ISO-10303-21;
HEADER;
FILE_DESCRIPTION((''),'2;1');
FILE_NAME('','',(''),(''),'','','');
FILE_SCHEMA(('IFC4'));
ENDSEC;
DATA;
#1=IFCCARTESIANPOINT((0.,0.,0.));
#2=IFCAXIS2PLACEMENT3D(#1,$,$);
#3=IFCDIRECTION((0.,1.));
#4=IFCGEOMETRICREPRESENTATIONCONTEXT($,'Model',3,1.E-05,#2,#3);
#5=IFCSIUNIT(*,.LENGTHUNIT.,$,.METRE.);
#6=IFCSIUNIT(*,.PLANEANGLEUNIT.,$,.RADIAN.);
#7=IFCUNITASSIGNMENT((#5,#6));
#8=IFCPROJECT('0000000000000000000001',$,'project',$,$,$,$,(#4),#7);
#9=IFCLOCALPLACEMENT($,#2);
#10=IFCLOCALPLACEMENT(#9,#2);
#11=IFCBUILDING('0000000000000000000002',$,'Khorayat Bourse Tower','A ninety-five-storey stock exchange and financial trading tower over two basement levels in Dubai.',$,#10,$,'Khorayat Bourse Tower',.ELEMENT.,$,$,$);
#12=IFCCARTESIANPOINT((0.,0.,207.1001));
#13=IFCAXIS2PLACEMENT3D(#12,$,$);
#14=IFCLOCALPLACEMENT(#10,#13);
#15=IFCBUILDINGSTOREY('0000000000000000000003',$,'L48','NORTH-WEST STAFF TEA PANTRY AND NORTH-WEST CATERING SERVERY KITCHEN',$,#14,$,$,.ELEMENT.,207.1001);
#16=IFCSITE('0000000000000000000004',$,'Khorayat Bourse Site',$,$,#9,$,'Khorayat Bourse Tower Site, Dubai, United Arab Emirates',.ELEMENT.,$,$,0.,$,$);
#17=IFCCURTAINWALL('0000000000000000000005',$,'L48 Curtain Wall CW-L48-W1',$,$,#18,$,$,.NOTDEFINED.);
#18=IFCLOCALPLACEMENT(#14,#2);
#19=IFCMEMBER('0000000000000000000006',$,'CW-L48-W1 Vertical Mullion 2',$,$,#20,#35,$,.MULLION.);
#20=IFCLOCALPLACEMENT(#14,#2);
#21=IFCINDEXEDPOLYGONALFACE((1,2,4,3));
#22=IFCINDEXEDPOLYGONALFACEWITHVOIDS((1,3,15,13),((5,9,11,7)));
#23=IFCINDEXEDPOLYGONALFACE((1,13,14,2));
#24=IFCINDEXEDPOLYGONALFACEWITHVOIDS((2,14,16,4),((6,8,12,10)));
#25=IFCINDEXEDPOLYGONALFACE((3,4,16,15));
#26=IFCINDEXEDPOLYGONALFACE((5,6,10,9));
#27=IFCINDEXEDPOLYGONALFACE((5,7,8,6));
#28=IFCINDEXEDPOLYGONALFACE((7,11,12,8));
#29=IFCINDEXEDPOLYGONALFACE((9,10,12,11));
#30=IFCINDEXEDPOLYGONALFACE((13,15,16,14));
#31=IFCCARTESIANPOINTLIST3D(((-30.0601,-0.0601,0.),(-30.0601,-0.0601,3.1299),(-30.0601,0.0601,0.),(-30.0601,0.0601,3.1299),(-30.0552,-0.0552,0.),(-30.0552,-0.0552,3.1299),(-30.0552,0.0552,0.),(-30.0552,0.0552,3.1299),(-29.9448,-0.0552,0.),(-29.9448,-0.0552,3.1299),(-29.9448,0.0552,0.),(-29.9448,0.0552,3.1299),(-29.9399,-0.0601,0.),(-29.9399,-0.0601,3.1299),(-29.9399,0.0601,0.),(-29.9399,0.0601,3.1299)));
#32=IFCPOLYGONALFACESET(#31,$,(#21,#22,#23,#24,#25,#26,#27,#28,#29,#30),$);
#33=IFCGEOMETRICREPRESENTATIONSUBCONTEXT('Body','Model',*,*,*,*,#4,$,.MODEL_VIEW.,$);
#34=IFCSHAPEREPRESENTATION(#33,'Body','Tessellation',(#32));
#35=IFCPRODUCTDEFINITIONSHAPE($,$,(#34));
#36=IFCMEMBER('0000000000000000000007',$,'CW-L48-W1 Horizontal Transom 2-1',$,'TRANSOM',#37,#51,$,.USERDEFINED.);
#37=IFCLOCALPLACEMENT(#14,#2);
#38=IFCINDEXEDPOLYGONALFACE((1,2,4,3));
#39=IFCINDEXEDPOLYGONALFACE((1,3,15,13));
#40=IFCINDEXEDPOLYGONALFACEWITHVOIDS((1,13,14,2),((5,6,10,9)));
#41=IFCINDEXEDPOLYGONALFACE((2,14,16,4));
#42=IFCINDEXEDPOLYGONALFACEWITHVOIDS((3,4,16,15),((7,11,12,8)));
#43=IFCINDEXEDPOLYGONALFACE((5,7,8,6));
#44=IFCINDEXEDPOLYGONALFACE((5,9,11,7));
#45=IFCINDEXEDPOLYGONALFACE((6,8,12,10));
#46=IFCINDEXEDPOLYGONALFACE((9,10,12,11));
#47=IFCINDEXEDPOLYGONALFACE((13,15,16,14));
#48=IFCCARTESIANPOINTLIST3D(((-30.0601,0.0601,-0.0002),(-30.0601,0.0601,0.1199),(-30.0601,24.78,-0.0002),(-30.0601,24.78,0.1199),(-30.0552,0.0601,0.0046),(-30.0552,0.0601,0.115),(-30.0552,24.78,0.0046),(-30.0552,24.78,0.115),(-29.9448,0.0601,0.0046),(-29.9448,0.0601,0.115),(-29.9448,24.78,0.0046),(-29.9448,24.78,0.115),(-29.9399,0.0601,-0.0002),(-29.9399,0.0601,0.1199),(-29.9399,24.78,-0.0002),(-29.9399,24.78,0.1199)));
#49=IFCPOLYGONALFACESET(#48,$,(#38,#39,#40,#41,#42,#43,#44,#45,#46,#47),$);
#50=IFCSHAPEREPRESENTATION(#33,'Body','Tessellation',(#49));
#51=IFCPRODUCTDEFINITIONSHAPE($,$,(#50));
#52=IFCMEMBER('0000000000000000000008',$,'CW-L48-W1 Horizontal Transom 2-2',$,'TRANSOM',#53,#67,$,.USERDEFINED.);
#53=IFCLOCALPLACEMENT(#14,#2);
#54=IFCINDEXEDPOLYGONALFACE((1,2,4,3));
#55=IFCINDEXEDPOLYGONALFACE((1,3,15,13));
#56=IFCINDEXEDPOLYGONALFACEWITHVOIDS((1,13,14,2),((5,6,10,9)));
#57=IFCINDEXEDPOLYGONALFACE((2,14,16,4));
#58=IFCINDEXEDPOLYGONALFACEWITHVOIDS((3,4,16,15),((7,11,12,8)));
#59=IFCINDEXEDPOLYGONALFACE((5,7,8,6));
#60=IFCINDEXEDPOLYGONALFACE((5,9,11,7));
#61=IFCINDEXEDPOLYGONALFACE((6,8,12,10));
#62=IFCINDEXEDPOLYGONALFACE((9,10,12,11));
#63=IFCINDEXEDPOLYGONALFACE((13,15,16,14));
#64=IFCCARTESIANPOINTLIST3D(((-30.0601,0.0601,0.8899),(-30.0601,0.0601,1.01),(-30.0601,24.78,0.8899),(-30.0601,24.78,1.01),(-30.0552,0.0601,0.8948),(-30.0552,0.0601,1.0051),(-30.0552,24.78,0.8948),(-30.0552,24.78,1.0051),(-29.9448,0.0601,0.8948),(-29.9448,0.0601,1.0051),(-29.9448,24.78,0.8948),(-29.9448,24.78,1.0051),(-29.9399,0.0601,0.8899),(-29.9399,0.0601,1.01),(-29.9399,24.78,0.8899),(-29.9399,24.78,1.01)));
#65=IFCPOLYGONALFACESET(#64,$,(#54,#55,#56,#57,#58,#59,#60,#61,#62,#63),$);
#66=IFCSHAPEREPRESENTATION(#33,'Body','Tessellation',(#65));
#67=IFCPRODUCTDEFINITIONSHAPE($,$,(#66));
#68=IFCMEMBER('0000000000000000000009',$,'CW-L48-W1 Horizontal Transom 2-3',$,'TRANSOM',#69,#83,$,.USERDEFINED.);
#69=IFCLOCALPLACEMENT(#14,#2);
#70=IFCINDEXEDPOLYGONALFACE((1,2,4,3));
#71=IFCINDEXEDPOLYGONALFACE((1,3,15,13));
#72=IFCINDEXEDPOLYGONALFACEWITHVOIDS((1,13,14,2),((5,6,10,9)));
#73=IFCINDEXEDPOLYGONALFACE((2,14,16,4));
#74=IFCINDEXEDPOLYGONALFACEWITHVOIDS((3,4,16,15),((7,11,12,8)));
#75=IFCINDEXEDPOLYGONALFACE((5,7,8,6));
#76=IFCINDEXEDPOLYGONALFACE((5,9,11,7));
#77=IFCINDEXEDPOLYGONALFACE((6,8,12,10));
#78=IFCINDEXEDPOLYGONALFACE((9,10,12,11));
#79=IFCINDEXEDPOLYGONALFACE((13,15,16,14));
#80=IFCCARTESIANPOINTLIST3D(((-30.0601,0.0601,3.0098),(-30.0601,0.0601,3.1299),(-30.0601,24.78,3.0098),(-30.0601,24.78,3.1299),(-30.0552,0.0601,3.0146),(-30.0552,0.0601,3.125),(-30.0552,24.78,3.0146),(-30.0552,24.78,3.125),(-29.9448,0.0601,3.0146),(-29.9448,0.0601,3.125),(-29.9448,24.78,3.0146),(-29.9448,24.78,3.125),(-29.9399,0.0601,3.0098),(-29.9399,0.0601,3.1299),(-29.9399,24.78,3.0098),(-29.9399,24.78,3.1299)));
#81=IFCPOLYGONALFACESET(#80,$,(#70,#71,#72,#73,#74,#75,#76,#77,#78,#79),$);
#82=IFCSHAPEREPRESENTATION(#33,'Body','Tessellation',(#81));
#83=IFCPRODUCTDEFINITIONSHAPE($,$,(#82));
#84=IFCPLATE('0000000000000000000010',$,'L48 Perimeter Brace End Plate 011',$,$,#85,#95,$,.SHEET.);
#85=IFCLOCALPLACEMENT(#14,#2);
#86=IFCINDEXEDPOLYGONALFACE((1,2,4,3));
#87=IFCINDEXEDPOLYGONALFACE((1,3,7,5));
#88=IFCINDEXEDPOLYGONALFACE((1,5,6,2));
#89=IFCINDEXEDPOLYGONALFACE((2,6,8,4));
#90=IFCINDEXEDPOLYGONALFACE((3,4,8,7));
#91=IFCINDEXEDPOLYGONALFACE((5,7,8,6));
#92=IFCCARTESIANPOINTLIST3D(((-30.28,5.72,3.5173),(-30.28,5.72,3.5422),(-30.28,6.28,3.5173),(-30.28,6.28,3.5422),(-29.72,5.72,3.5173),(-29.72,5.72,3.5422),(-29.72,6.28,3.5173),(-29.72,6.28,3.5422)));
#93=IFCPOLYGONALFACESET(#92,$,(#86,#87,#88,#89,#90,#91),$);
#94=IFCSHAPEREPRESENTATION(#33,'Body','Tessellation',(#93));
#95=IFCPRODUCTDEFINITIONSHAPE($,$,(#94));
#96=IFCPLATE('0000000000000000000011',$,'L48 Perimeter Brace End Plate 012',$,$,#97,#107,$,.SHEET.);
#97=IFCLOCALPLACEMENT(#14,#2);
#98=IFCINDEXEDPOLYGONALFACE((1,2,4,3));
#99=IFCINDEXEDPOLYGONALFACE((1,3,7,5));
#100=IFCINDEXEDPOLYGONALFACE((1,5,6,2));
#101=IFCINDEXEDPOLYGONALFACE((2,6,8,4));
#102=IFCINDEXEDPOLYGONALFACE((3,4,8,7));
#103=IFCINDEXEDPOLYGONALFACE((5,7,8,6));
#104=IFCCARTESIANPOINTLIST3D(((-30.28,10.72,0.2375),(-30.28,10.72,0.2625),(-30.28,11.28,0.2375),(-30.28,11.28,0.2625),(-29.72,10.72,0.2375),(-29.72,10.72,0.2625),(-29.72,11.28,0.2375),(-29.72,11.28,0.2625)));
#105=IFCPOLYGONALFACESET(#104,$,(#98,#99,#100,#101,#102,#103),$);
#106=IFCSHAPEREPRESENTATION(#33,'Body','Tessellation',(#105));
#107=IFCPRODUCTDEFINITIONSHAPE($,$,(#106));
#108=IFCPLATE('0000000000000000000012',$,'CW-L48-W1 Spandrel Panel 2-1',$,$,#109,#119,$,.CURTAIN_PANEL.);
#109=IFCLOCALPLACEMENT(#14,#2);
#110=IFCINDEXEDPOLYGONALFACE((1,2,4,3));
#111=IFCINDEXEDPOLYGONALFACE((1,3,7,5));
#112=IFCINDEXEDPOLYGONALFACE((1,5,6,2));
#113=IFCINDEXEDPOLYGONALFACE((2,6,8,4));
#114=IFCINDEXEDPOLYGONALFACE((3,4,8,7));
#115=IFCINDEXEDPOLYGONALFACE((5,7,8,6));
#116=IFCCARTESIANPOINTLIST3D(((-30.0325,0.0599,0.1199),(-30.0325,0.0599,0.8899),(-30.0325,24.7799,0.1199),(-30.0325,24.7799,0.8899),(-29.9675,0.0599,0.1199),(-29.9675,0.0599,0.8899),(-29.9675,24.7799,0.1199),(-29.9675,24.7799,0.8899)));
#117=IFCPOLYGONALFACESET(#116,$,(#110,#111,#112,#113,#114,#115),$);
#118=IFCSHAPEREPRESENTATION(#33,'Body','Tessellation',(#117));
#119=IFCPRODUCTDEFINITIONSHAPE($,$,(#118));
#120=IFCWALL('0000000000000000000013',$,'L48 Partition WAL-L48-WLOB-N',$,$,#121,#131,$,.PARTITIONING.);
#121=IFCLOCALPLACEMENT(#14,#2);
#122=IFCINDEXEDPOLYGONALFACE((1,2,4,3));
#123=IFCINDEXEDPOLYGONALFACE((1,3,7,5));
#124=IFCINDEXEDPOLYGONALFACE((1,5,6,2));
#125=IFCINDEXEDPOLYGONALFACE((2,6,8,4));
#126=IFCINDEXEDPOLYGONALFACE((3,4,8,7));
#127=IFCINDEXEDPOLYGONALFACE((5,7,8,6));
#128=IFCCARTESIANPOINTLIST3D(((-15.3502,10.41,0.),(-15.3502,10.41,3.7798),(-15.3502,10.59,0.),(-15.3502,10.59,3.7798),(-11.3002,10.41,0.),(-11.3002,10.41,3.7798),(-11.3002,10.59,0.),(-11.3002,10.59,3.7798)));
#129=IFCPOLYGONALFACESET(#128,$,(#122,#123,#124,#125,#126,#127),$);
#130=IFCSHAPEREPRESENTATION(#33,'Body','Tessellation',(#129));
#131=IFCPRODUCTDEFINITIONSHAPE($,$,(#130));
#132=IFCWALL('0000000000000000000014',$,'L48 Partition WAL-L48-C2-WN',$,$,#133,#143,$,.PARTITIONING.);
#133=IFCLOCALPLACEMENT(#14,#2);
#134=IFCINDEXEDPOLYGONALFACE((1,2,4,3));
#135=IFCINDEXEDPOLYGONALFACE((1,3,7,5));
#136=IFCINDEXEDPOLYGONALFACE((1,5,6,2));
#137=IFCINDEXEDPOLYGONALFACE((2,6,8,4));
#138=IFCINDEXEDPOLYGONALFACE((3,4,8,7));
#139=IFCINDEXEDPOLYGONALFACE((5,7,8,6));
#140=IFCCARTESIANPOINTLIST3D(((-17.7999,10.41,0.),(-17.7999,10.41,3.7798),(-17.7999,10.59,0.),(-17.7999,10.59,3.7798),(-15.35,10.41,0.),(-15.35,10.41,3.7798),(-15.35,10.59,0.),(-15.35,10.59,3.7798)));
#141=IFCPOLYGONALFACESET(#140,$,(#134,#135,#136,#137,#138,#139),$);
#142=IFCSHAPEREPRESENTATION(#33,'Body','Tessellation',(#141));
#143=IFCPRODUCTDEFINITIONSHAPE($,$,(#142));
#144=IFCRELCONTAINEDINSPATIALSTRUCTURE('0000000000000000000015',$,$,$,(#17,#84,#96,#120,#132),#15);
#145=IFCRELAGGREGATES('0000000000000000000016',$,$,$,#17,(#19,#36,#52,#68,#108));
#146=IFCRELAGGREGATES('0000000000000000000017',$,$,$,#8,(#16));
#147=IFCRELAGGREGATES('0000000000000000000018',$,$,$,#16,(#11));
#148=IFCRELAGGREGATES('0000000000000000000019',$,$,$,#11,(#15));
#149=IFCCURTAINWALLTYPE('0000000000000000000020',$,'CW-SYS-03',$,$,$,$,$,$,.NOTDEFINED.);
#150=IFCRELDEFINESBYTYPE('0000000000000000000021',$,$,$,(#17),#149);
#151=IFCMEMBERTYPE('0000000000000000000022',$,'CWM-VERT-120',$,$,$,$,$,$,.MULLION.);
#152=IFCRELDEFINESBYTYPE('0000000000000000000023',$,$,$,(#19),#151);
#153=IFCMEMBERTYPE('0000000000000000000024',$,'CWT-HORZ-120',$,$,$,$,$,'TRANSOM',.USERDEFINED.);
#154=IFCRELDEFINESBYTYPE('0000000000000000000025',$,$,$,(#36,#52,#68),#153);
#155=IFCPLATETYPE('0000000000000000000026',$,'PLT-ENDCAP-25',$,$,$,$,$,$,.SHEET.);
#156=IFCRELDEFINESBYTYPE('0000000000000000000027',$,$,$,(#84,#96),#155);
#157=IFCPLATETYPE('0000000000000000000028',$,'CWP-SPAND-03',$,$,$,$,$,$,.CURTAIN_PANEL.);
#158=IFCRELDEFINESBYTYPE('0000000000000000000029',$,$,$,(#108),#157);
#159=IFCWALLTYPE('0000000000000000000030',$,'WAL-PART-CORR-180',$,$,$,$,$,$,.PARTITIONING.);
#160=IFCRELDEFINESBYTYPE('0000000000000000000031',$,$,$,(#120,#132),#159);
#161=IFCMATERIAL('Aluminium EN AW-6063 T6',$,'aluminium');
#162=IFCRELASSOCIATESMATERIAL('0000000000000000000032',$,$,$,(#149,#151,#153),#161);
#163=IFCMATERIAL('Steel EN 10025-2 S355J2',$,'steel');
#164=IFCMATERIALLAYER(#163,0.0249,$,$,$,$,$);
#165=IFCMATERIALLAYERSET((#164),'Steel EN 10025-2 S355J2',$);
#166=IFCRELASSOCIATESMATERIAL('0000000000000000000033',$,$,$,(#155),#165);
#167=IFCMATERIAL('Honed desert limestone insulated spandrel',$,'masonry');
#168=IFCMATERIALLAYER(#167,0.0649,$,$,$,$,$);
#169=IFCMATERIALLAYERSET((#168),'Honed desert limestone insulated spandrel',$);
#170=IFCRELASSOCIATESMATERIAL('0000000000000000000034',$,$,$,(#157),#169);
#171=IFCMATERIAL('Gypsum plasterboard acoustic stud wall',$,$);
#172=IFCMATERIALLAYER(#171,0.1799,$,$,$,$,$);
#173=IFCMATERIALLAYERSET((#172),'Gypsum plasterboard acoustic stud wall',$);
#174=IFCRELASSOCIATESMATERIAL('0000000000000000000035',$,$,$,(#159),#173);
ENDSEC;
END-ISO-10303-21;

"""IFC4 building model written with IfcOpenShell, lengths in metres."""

from ifc_helpers import new_model, si_unit, direction, frame, frame_2d, origin, origin_2d, place, context, subcontext, project, spatial, rectangle, hollow_rectangle, extrude, source, transform, mapped, material, layer, layer_set, material_profile, profile_set, type_object, element, aggregate, save


model = new_model("IFC4")

# Units and contexts
model_context = context("Model", 3, precision=1e-05, world=origin(), true_north=direction((0.0, 1.0)))
body_context = subcontext(model_context, "Body", "Model", "MODEL_VIEW")
ifc_project = project(units=[si_unit("LENGTHUNIT", "METRE"), si_unit("PLANEANGLEUNIT", "RADIAN")], contexts=[model_context])

# Site, building, storey
site_placement = place(None, origin())
site = spatial("IfcSite", under=ifc_project, at=site_placement, Name="Khorayat Bourse Site", LongName="Khorayat Bourse Tower Site, Dubai, United Arab Emirates", CompositionType="ELEMENT", RefElevation=0.0)
building_placement = place(site_placement, origin())
building = spatial("IfcBuilding", under=site, at=building_placement, Name="Khorayat Bourse Tower", Description="A ninety-five-storey stock exchange and financial trading tower over two basement levels in Dubai.", LongName="Khorayat Bourse Tower", CompositionType="ELEMENT")
storey_placement = place(building_placement, frame((0.0, 0.0, 207.1001)))
storey = spatial("IfcBuildingStorey", under=building, at=storey_placement, Name="L48", Description="NORTH-WEST STAFF TEA PANTRY AND NORTH-WEST CATERING SERVERY KITCHEN", CompositionType="ELEMENT", Elevation=207.1001)

# Curtain wall, members
ifc_material_1 = material(Name="Aluminium EN AW-6063 T6", Category="aluminium")
curtain_wall_type = type_object("IfcCurtainWallType", Name="CW-SYS-03", PredefinedType="NOTDEFINED", material=ifc_material_1)
curtain_wall_placement = place(storey_placement, origin())
curtain_wall = element("IfcCurtainWall", 1, at=curtain_wall_placement, inside=storey, type_object=curtain_wall_type, Name="L48 Curtain Wall CW-L48-W1", PredefinedType="NOTDEFINED")
ifc_material_profile_1 = material_profile(ifc_material_1, hollow_rectangle(XDim=0.1201, YDim=0.1201, WallThickness=0.0049, at=origin_2d()), Name="ALU 120x120x5")
ifc_profile_set_1 = profile_set([ifc_material_profile_1], Name="Aluminium EN AW-6063 T6")
member_type_1 = type_object("IfcMemberType", Name="CWM-VERT-120", PredefinedType="MULLION", material=ifc_profile_set_1)
shared_shape_1 = source(origin(), body_context, "Body", "SweptSolid", [
    extrude(hollow_rectangle(XDim=0.1201, YDim=0.1201, WallThickness=0.0049, at=origin_2d()), origin(), (0.0, 0.0, 1.0), 3.1299),
])
member_1_placement = place(storey_placement, frame((-30.0, 0.0, 0.0), z_axis=(0.0, 0.0, 1.0), x_axis=(-1.0, 0.0, 0.0)))
member_1 = element("IfcMember", 2, at=member_1_placement, type_object=member_type_1, Name="CW-L48-W1 Vertical Mullion 2", PredefinedType="MULLION", context=body_context, shape_type="MappedRepresentation", body=[
    mapped(shared_shape_1, transform((0.0, 0.0, 0.0), scale=1.0)),
])
ifc_material_profile_2 = material_profile(ifc_material_1, hollow_rectangle(XDim=0.1201, YDim=0.1201, WallThickness=0.0049, at=origin_2d()), Name="ALU 120x120x5")
ifc_profile_set_2 = profile_set([ifc_material_profile_2], Name="Aluminium EN AW-6063 T6")
member_type_2 = type_object("IfcMemberType", Name="CWT-HORZ-120", ElementType="TRANSOM", PredefinedType="USERDEFINED", material=ifc_profile_set_2)
shared_shape_2 = source(origin(), body_context, "Body", "SweptSolid", [
    extrude(hollow_rectangle(XDim=0.1201, YDim=0.1201, WallThickness=0.0049, at=origin_2d()), origin(), (0.0, 0.0, 1.0), 24.72),
])
member_2_placement = place(storey_placement, frame((-30.0, 0.0601, 0.0598), z_axis=(0.0, 1.0, 0.0), x_axis=(-1.0, 0.0, 0.0)))
member_2 = element("IfcMember", 3, at=member_2_placement, type_object=member_type_2, Name="CW-L48-W1 Horizontal Transom 2-1", ObjectType="TRANSOM", PredefinedType="USERDEFINED", context=body_context, shape_type="MappedRepresentation", body=[
    mapped(shared_shape_2, transform((0.0, 0.0, 0.0), scale=1.0)),
])
member_3_placement = place(storey_placement, frame((-30.0, 0.0601, 0.95), z_axis=(0.0, 1.0, 0.0), x_axis=(-1.0, 0.0, 0.0)))
member_3 = element("IfcMember", 4, at=member_3_placement, type_object=member_type_2, Name="CW-L48-W1 Horizontal Transom 2-2", ObjectType="TRANSOM", PredefinedType="USERDEFINED", context=body_context, shape_type="MappedRepresentation", body=[
    mapped(shared_shape_2, transform((0.0, 0.0, 0.0), scale=1.0)),
])
member_4_placement = place(storey_placement, frame((-30.0, 0.0601, 3.0698), z_axis=(0.0, 1.0, 0.0), x_axis=(-1.0, 0.0, 0.0)))
member_4 = element("IfcMember", 5, at=member_4_placement, type_object=member_type_2, Name="CW-L48-W1 Horizontal Transom 2-3", ObjectType="TRANSOM", PredefinedType="USERDEFINED", context=body_context, shape_type="MappedRepresentation", body=[
    mapped(shared_shape_2, transform((0.0, 0.0, 0.0), scale=1.0)),
])

# Plates
ifc_material_2 = material(Name="Steel EN 10025-2 S355J2", Category="steel")
ifc_layer_1 = layer(ifc_material_2, 0.0249)
ifc_layer_set_1 = layer_set([ifc_layer_1], Name="Steel EN 10025-2 S355J2")
plate_type_1 = type_object("IfcPlateType", Name="PLT-ENDCAP-25", PredefinedType="SHEET", material=ifc_layer_set_1)
shared_shape_3 = source(origin(), body_context, "Body", "SweptSolid", [
    extrude(rectangle(XDim=0.5601, YDim=0.5601, at=origin_2d()), origin(), (0.0, 0.0, 1.0), 0.0249),
])
for number, where, z_axis, x_axis, name in (
    (6, (-30.0, 6.0, 3.5173), (0.0, 0.0, 1.0), (1.0, 0.0, 0.0), "L48 Perimeter Brace End Plate 011"),
    (7, (-30.0, 11.0, 0.2375), (0.0, 0.0, 1.0), (1.0, 0.0, 0.0), "L48 Perimeter Brace End Plate 012"),
):
    element("IfcPlate", number, at=place(storey_placement, frame(where, z_axis=z_axis, x_axis=x_axis)), inside=storey, type_object=plate_type_1, Name=name, PredefinedType="SHEET", context=body_context, shape_type="MappedRepresentation", body=[
        mapped(shared_shape_3, transform((0.0, 0.0, 0.0), scale=1.0)),
    ])

# Plate
ifc_material_3 = material(Name="Honed desert limestone insulated spandrel", Category="masonry")
ifc_layer_2 = layer(ifc_material_3, 0.0649)
ifc_layer_set_2 = layer_set([ifc_layer_2], Name="Honed desert limestone insulated spandrel")
plate_type_2 = type_object("IfcPlateType", Name="CWP-SPAND-03", PredefinedType="CURTAIN_PANEL", material=ifc_layer_set_2)
shared_shape_4 = source(origin(), body_context, "Body", "SweptSolid", [
    extrude(rectangle(XDim=24.72, YDim=0.0649, at=origin_2d()), origin(), (0.0, 0.0, 1.0), 0.77),
])
plate_placement = place(storey_placement, frame((-30.0, 12.4199, 0.1199), z_axis=(0.0, 0.0, 1.0), x_axis=(0.0, 1.0, 0.0)))
plate = element("IfcPlate", 8, at=plate_placement, type_object=plate_type_2, Name="CW-L48-W1 Spandrel Panel 2-1", PredefinedType="CURTAIN_PANEL", context=body_context, shape_type="MappedRepresentation", body=[
    mapped(shared_shape_4, transform((0.0, 0.0, 0.0), scale=1.0)),
])
aggregate(curtain_wall, [member_1, member_2, member_3, member_4, plate])

# Walls
ifc_material_4 = material(Name="Gypsum plasterboard acoustic stud wall")
ifc_layer_3 = layer(ifc_material_4, 0.1799)
ifc_layer_set_3 = layer_set([ifc_layer_3], Name="Gypsum plasterboard acoustic stud wall")
wall_type_1 = type_object("IfcWallType", Name="WAL-PART-CORR-180", PredefinedType="PARTITIONING", material=ifc_layer_set_3)
shared_shape_5 = source(origin(), body_context, "Body", "SweptSolid", [
    extrude(rectangle(XDim=4.05, YDim=0.1799, at=frame_2d((2.0249, 0.0))), origin(), (0.0, 0.0, 1.0), 3.7798),
])
wall_1_placement = place(storey_placement, frame((-15.3501, 10.5, 0.0), z_axis=(0.0, 0.0, 1.0), x_axis=(1.0, 0.0, 0.0)))
element("IfcWall", 9, at=wall_1_placement, inside=storey, type_object=wall_type_1, Name="L48 Partition WAL-L48-WLOB-N", PredefinedType="PARTITIONING", context=body_context, shape_type="MappedRepresentation", body=[
    mapped(shared_shape_5, transform((0.0, 0.0, 0.0), scale=1.0)),
])
shared_shape_6 = source(origin(), body_context, "Body", "SweptSolid", [
    extrude(rectangle(XDim=2.45, YDim=0.1799, at=frame_2d((1.2251, 0.0))), origin(), (0.0, 0.0, 1.0), 3.7798),
])
wall_2_placement = place(storey_placement, frame((-17.8, 10.5, 0.0), z_axis=(0.0, 0.0, 1.0), x_axis=(1.0, 0.0, 0.0)))
element("IfcWall", 10, at=wall_2_placement, inside=storey, type_object=wall_type_1, Name="L48 Partition WAL-L48-C2-WN", PredefinedType="PARTITIONING", context=body_context, shape_type="MappedRepresentation", body=[
    mapped(shared_shape_6, transform((0.0, 0.0, 0.0), scale=1.0)),
])

save(model, "model.ifc")
